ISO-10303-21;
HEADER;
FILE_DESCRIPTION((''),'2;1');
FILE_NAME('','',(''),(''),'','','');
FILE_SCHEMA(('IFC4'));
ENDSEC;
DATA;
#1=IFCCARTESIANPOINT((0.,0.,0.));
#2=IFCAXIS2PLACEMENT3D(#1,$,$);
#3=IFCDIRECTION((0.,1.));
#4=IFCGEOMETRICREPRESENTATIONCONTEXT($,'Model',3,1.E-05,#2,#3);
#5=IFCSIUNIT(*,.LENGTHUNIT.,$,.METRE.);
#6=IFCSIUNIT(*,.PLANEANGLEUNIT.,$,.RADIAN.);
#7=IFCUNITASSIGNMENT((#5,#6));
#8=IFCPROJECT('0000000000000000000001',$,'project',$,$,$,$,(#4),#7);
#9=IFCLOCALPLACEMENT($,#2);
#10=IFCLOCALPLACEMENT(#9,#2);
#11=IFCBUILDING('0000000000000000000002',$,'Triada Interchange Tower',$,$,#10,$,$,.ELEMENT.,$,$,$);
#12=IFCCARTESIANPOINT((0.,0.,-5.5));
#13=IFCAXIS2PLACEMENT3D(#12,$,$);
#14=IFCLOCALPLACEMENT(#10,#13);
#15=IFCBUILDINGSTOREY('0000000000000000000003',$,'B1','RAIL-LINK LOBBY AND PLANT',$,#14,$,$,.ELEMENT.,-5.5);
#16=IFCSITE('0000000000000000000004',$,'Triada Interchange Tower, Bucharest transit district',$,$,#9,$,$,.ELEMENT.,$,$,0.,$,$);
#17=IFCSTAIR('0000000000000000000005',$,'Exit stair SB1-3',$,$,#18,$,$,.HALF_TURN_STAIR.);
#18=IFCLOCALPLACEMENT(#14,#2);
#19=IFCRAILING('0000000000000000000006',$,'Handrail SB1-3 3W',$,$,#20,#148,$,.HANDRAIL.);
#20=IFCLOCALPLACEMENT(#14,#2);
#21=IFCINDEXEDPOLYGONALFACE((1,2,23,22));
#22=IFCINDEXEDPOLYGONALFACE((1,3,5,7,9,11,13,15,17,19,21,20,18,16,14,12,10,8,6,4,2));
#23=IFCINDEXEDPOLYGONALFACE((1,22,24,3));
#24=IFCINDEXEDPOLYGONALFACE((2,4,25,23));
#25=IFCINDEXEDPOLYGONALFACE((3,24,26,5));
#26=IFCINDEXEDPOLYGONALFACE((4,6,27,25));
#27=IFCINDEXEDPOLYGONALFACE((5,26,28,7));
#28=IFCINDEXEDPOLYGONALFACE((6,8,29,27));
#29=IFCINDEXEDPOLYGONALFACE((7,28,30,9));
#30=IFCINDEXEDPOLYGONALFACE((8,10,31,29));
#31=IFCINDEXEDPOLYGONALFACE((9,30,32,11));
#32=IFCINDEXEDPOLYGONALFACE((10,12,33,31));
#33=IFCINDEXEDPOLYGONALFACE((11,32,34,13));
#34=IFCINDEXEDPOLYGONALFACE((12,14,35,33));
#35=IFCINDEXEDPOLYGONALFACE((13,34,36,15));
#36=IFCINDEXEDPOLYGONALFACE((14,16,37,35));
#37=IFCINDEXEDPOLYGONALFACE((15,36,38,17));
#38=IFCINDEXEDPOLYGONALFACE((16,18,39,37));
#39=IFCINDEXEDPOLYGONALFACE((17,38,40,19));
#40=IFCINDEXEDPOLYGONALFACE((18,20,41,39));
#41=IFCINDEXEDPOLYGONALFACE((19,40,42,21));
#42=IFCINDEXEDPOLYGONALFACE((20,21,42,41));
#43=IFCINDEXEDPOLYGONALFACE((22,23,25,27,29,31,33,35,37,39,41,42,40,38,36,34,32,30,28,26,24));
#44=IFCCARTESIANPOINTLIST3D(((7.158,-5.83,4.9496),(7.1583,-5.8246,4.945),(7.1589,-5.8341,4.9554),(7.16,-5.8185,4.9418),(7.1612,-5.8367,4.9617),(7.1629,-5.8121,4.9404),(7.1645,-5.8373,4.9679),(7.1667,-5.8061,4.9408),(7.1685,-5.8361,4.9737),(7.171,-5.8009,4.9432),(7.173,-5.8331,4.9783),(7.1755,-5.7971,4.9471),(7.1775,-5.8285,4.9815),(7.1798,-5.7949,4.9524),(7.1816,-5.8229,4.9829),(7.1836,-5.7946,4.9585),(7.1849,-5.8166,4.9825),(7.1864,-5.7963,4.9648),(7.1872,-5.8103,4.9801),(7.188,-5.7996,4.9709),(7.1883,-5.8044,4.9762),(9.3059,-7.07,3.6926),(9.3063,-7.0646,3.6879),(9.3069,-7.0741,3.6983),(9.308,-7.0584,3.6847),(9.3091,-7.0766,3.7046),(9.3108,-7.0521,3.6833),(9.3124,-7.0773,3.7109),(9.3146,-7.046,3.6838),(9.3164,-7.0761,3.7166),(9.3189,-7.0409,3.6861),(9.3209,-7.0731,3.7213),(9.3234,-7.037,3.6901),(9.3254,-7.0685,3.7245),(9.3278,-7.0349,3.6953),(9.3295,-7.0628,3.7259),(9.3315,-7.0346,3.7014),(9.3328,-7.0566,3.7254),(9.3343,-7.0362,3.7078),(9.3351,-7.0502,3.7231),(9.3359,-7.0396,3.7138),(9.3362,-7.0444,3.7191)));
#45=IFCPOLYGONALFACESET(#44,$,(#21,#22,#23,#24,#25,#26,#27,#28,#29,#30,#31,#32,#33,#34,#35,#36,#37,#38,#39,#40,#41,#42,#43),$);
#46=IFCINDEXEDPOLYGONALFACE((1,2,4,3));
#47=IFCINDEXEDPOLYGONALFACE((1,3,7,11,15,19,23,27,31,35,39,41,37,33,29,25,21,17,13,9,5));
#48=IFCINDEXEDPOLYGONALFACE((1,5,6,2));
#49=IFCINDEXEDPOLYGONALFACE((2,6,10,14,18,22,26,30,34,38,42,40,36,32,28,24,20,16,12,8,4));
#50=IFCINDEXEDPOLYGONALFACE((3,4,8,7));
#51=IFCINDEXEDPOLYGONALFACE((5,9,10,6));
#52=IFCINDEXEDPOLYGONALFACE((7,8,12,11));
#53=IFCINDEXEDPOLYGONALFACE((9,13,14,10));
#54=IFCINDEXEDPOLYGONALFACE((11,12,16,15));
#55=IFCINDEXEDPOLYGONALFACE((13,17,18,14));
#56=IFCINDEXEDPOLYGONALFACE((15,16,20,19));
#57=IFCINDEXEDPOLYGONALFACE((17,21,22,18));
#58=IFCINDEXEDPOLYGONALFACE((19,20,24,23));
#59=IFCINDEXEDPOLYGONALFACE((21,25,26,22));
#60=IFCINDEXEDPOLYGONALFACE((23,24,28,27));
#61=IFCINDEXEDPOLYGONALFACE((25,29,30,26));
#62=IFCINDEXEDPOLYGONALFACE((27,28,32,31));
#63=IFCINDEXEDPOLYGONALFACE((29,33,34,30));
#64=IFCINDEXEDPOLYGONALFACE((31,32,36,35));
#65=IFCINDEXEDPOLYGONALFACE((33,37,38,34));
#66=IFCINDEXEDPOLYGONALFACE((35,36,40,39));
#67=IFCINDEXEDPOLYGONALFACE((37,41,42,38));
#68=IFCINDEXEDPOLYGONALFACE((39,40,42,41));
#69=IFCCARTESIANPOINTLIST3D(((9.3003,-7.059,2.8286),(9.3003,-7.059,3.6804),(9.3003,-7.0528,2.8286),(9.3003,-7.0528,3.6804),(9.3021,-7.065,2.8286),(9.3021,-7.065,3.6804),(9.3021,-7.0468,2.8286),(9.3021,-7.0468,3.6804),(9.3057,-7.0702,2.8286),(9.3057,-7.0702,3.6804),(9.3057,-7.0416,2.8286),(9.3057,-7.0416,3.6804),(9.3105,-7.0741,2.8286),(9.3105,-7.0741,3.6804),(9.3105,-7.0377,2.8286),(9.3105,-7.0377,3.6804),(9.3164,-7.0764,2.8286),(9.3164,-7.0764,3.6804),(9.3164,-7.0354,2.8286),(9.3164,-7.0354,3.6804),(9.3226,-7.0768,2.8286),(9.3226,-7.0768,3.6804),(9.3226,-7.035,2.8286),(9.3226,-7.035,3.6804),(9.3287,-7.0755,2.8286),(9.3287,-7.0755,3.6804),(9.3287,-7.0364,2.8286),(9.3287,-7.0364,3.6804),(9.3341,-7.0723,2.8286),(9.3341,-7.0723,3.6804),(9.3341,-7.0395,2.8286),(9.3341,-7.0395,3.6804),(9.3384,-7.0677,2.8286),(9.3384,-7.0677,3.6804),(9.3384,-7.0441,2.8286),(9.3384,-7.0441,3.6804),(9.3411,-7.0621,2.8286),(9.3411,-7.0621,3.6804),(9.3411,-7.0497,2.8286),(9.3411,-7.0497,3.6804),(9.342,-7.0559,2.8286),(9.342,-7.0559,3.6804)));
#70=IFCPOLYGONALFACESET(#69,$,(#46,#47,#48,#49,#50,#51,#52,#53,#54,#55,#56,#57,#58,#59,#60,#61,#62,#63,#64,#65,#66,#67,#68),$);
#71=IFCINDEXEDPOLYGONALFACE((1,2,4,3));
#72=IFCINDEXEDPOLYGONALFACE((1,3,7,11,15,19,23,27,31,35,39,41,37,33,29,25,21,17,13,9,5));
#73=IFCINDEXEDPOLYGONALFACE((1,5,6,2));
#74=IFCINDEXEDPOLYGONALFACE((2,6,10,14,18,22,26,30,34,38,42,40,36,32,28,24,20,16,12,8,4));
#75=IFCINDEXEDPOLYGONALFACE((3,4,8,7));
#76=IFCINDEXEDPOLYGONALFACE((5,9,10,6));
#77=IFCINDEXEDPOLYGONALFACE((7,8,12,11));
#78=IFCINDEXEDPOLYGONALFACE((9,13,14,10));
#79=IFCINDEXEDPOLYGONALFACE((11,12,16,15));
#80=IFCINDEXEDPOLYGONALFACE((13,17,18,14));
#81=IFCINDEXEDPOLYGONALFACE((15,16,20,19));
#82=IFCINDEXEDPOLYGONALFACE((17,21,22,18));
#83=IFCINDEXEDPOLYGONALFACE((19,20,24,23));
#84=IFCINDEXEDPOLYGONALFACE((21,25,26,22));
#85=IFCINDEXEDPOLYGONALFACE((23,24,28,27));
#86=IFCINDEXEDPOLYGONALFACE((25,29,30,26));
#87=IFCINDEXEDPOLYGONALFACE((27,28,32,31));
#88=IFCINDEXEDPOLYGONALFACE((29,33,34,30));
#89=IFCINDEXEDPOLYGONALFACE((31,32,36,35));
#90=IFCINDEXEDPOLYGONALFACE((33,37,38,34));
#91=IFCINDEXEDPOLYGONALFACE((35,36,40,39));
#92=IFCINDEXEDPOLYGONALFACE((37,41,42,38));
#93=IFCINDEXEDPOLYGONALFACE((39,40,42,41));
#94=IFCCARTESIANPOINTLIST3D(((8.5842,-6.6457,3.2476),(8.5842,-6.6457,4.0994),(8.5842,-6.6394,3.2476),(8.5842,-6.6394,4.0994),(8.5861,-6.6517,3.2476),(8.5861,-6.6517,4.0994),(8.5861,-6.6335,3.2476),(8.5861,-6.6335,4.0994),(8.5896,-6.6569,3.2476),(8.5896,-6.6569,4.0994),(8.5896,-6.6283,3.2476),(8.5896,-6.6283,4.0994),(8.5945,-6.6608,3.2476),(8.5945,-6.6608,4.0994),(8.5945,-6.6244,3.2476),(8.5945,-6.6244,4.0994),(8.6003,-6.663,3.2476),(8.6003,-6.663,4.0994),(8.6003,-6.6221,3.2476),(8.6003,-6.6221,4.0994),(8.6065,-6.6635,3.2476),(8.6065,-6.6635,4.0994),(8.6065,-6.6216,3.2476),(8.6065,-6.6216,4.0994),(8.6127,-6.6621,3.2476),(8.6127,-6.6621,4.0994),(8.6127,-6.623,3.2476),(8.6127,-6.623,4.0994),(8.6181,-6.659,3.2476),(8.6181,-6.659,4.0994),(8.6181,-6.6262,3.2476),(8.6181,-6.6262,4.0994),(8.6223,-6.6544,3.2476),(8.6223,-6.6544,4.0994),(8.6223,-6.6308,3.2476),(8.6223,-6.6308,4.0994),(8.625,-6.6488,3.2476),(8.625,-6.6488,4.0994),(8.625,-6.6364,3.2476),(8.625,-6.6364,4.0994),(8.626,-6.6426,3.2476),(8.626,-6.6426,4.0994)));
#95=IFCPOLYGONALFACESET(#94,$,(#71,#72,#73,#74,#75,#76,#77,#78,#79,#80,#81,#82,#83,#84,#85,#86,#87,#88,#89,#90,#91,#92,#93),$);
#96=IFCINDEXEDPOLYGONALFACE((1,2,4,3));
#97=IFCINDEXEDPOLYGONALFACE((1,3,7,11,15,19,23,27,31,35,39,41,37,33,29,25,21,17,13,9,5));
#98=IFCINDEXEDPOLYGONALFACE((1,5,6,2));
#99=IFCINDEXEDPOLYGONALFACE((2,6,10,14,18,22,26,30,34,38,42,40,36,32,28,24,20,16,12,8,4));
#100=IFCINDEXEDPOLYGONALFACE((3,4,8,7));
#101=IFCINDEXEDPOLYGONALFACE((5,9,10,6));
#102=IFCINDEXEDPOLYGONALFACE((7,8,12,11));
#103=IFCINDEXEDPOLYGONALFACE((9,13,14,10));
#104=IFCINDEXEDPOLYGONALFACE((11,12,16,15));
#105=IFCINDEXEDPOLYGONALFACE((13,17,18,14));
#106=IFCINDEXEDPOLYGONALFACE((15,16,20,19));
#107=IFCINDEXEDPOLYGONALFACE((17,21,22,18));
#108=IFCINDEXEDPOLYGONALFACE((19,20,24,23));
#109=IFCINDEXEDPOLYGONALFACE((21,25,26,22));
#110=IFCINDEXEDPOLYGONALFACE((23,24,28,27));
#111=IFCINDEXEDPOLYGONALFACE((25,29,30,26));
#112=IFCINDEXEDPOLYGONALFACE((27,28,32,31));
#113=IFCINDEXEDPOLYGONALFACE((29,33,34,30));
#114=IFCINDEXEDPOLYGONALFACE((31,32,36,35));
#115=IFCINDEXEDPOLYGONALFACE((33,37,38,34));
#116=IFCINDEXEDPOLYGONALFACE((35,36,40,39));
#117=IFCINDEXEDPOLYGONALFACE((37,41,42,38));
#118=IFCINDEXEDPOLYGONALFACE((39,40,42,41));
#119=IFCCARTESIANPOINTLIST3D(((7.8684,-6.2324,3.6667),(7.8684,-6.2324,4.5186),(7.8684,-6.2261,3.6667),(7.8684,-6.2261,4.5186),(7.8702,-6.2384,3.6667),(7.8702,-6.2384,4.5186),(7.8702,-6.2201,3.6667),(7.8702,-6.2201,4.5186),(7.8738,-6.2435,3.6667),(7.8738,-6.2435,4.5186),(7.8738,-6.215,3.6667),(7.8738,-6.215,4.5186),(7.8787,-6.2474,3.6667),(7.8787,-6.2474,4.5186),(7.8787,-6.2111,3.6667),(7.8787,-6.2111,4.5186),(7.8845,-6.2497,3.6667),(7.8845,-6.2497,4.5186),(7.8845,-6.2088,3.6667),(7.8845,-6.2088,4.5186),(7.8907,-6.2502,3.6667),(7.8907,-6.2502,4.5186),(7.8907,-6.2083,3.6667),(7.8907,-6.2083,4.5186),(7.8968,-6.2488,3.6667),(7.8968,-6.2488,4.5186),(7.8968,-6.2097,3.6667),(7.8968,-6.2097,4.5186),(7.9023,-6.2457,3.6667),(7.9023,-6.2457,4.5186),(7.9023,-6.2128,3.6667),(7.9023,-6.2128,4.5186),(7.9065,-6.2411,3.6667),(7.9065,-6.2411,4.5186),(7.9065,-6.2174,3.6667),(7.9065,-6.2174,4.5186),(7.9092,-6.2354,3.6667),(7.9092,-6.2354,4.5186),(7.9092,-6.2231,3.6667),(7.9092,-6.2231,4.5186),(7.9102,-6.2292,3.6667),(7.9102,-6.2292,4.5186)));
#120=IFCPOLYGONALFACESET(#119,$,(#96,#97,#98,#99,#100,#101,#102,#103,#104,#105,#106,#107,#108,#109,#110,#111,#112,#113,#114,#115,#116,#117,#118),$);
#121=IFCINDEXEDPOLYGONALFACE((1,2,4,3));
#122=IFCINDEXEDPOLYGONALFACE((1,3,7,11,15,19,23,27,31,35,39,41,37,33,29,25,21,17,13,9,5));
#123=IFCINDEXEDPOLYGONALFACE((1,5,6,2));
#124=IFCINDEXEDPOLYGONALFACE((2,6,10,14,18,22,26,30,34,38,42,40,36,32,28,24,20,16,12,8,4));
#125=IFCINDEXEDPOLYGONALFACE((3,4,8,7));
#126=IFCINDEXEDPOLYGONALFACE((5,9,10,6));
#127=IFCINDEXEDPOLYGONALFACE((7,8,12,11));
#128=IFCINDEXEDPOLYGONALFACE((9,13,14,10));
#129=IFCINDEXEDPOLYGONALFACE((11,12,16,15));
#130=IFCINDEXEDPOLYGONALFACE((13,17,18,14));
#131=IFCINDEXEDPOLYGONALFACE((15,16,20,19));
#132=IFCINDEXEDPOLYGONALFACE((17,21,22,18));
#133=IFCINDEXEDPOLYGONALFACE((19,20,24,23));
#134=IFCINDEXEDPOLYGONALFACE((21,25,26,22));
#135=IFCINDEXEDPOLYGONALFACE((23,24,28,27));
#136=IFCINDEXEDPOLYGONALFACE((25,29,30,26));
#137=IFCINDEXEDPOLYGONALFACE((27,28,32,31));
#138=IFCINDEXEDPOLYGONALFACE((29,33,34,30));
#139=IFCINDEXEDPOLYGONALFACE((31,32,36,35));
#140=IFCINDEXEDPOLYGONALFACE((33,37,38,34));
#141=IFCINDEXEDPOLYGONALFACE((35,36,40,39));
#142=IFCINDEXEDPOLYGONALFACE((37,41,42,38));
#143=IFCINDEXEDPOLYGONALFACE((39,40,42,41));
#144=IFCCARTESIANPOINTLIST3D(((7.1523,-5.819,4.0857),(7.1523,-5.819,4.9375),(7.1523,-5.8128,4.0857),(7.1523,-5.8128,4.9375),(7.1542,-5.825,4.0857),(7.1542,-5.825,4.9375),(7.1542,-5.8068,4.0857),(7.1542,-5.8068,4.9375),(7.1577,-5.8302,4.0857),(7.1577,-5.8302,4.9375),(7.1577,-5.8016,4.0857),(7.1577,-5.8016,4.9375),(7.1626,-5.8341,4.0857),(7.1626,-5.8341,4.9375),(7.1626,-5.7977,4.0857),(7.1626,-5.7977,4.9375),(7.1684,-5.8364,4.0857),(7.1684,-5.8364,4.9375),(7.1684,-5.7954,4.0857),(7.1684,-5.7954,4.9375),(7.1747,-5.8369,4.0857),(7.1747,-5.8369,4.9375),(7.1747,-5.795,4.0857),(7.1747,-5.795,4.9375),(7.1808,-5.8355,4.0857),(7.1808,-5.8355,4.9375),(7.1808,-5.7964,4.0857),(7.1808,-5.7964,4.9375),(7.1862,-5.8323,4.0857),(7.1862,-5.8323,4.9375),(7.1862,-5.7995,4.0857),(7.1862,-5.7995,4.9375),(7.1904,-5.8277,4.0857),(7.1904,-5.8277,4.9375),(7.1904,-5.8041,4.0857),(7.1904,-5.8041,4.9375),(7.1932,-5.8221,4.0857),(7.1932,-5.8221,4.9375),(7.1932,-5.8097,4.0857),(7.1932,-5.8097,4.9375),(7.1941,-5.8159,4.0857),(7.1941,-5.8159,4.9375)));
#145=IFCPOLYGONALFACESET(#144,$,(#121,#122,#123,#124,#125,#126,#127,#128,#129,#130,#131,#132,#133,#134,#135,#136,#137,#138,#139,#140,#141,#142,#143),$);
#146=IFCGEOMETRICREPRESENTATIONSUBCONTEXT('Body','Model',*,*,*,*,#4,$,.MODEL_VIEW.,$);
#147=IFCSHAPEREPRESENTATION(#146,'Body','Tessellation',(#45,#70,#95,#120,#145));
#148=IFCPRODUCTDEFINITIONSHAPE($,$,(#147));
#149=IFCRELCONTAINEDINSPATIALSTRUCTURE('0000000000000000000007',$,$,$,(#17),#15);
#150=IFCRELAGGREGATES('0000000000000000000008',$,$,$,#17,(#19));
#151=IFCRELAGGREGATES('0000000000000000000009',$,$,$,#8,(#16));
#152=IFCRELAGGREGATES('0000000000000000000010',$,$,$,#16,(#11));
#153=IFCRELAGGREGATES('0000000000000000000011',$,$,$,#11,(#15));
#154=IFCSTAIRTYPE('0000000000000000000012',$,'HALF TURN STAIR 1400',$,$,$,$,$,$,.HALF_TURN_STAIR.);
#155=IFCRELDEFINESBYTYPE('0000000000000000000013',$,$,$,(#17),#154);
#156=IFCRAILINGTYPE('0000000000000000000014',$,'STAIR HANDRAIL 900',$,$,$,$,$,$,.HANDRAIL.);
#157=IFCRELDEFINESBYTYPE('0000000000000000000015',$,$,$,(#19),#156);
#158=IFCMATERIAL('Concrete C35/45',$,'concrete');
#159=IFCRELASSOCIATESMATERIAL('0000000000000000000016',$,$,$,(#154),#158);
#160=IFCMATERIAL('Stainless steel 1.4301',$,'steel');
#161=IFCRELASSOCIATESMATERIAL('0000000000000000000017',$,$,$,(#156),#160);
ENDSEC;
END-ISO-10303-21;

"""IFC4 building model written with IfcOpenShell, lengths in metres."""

from ifc_helpers import new_model, si_unit, direction, frame, origin, origin_2d, place, context, subcontext, project, spatial, circle, extrude, material, type_object, element, aggregate, save


model = new_model("IFC4")

# Units and contexts
model_context = context("Model", 3, precision=1e-05, world=origin(), true_north=direction((0.0, 1.0)))
body_context = subcontext(model_context, "Body", "Model", "MODEL_VIEW")
ifc_project = project(units=[si_unit("LENGTHUNIT", "METRE"), si_unit("PLANEANGLEUNIT", "RADIAN")], contexts=[model_context])

# Site, building, storey
site_placement = place(None, origin())
site = spatial("IfcSite", under=ifc_project, at=site_placement, Name="Triada Interchange Tower, Bucharest transit district", CompositionType="ELEMENT", RefElevation=0.0)
building_placement = place(site_placement, origin())
building = spatial("IfcBuilding", under=site, at=building_placement, Name="Triada Interchange Tower", CompositionType="ELEMENT")
storey_placement = place(building_placement, frame((0.0, 0.0, -5.5)))
storey = spatial("IfcBuildingStorey", under=building, at=storey_placement, Name="B1", Description="RAIL-LINK LOBBY AND PLANT", CompositionType="ELEMENT", Elevation=-5.5)

# Stair, railing
ifc_material_1 = material(Name="Concrete C35/45", Category="concrete")
stair_type = type_object("IfcStairType", Name="HALF TURN STAIR 1400", PredefinedType="HALF_TURN_STAIR", material=ifc_material_1)
stair_placement = place(storey_placement, origin())
stair = element("IfcStair", 1, at=stair_placement, inside=storey, type_object=stair_type, Name="Exit stair SB1-3", PredefinedType="HALF_TURN_STAIR")
ifc_material_2 = material(Name="Stainless steel 1.4301", Category="steel")
railing_type = type_object("IfcRailingType", Name="STAIR HANDRAIL 900", PredefinedType="HANDRAIL", material=ifc_material_2)
railing_1_placement = place(storey_placement, frame((9.321, -7.0559, 2.8286)))
railing_1 = element("IfcRailing", 2, at=railing_1_placement, type_object=railing_type, Name="Handrail SB1-3 3W", PredefinedType="HANDRAIL", context=body_context, shape_type="SweptSolid", body=[
    extrude(circle(Radius=0.0239, at=origin_2d()), frame((0.0, 0.0, 0.876), z_axis=(-0.772488, 0.44595, 0.452096), x_axis=(-0.499961, -0.866048, 0.0)), (0.0, 0.0, 1.0), 2.7805),
    extrude(circle(Radius=0.021, at=origin_2d()), origin(), (0.0, 0.0, 1.0), 0.8518),
    extrude(circle(Radius=0.021, at=origin_2d()), frame((-0.7161, 0.4133, 0.4189)), (0.0, 0.0, 1.0), 0.8518),
    extrude(circle(Radius=0.021, at=origin_2d()), frame((-1.4319, 0.8267, 0.8381)), (0.0, 0.0, 1.0), 0.8518),
    extrude(circle(Radius=0.021, at=origin_2d()), frame((-2.1479, 1.24, 1.2571)), (0.0, 0.0, 1.0), 0.8518),
])
aggregate(stair, [railing_1])

save(model, "model.ifc")
